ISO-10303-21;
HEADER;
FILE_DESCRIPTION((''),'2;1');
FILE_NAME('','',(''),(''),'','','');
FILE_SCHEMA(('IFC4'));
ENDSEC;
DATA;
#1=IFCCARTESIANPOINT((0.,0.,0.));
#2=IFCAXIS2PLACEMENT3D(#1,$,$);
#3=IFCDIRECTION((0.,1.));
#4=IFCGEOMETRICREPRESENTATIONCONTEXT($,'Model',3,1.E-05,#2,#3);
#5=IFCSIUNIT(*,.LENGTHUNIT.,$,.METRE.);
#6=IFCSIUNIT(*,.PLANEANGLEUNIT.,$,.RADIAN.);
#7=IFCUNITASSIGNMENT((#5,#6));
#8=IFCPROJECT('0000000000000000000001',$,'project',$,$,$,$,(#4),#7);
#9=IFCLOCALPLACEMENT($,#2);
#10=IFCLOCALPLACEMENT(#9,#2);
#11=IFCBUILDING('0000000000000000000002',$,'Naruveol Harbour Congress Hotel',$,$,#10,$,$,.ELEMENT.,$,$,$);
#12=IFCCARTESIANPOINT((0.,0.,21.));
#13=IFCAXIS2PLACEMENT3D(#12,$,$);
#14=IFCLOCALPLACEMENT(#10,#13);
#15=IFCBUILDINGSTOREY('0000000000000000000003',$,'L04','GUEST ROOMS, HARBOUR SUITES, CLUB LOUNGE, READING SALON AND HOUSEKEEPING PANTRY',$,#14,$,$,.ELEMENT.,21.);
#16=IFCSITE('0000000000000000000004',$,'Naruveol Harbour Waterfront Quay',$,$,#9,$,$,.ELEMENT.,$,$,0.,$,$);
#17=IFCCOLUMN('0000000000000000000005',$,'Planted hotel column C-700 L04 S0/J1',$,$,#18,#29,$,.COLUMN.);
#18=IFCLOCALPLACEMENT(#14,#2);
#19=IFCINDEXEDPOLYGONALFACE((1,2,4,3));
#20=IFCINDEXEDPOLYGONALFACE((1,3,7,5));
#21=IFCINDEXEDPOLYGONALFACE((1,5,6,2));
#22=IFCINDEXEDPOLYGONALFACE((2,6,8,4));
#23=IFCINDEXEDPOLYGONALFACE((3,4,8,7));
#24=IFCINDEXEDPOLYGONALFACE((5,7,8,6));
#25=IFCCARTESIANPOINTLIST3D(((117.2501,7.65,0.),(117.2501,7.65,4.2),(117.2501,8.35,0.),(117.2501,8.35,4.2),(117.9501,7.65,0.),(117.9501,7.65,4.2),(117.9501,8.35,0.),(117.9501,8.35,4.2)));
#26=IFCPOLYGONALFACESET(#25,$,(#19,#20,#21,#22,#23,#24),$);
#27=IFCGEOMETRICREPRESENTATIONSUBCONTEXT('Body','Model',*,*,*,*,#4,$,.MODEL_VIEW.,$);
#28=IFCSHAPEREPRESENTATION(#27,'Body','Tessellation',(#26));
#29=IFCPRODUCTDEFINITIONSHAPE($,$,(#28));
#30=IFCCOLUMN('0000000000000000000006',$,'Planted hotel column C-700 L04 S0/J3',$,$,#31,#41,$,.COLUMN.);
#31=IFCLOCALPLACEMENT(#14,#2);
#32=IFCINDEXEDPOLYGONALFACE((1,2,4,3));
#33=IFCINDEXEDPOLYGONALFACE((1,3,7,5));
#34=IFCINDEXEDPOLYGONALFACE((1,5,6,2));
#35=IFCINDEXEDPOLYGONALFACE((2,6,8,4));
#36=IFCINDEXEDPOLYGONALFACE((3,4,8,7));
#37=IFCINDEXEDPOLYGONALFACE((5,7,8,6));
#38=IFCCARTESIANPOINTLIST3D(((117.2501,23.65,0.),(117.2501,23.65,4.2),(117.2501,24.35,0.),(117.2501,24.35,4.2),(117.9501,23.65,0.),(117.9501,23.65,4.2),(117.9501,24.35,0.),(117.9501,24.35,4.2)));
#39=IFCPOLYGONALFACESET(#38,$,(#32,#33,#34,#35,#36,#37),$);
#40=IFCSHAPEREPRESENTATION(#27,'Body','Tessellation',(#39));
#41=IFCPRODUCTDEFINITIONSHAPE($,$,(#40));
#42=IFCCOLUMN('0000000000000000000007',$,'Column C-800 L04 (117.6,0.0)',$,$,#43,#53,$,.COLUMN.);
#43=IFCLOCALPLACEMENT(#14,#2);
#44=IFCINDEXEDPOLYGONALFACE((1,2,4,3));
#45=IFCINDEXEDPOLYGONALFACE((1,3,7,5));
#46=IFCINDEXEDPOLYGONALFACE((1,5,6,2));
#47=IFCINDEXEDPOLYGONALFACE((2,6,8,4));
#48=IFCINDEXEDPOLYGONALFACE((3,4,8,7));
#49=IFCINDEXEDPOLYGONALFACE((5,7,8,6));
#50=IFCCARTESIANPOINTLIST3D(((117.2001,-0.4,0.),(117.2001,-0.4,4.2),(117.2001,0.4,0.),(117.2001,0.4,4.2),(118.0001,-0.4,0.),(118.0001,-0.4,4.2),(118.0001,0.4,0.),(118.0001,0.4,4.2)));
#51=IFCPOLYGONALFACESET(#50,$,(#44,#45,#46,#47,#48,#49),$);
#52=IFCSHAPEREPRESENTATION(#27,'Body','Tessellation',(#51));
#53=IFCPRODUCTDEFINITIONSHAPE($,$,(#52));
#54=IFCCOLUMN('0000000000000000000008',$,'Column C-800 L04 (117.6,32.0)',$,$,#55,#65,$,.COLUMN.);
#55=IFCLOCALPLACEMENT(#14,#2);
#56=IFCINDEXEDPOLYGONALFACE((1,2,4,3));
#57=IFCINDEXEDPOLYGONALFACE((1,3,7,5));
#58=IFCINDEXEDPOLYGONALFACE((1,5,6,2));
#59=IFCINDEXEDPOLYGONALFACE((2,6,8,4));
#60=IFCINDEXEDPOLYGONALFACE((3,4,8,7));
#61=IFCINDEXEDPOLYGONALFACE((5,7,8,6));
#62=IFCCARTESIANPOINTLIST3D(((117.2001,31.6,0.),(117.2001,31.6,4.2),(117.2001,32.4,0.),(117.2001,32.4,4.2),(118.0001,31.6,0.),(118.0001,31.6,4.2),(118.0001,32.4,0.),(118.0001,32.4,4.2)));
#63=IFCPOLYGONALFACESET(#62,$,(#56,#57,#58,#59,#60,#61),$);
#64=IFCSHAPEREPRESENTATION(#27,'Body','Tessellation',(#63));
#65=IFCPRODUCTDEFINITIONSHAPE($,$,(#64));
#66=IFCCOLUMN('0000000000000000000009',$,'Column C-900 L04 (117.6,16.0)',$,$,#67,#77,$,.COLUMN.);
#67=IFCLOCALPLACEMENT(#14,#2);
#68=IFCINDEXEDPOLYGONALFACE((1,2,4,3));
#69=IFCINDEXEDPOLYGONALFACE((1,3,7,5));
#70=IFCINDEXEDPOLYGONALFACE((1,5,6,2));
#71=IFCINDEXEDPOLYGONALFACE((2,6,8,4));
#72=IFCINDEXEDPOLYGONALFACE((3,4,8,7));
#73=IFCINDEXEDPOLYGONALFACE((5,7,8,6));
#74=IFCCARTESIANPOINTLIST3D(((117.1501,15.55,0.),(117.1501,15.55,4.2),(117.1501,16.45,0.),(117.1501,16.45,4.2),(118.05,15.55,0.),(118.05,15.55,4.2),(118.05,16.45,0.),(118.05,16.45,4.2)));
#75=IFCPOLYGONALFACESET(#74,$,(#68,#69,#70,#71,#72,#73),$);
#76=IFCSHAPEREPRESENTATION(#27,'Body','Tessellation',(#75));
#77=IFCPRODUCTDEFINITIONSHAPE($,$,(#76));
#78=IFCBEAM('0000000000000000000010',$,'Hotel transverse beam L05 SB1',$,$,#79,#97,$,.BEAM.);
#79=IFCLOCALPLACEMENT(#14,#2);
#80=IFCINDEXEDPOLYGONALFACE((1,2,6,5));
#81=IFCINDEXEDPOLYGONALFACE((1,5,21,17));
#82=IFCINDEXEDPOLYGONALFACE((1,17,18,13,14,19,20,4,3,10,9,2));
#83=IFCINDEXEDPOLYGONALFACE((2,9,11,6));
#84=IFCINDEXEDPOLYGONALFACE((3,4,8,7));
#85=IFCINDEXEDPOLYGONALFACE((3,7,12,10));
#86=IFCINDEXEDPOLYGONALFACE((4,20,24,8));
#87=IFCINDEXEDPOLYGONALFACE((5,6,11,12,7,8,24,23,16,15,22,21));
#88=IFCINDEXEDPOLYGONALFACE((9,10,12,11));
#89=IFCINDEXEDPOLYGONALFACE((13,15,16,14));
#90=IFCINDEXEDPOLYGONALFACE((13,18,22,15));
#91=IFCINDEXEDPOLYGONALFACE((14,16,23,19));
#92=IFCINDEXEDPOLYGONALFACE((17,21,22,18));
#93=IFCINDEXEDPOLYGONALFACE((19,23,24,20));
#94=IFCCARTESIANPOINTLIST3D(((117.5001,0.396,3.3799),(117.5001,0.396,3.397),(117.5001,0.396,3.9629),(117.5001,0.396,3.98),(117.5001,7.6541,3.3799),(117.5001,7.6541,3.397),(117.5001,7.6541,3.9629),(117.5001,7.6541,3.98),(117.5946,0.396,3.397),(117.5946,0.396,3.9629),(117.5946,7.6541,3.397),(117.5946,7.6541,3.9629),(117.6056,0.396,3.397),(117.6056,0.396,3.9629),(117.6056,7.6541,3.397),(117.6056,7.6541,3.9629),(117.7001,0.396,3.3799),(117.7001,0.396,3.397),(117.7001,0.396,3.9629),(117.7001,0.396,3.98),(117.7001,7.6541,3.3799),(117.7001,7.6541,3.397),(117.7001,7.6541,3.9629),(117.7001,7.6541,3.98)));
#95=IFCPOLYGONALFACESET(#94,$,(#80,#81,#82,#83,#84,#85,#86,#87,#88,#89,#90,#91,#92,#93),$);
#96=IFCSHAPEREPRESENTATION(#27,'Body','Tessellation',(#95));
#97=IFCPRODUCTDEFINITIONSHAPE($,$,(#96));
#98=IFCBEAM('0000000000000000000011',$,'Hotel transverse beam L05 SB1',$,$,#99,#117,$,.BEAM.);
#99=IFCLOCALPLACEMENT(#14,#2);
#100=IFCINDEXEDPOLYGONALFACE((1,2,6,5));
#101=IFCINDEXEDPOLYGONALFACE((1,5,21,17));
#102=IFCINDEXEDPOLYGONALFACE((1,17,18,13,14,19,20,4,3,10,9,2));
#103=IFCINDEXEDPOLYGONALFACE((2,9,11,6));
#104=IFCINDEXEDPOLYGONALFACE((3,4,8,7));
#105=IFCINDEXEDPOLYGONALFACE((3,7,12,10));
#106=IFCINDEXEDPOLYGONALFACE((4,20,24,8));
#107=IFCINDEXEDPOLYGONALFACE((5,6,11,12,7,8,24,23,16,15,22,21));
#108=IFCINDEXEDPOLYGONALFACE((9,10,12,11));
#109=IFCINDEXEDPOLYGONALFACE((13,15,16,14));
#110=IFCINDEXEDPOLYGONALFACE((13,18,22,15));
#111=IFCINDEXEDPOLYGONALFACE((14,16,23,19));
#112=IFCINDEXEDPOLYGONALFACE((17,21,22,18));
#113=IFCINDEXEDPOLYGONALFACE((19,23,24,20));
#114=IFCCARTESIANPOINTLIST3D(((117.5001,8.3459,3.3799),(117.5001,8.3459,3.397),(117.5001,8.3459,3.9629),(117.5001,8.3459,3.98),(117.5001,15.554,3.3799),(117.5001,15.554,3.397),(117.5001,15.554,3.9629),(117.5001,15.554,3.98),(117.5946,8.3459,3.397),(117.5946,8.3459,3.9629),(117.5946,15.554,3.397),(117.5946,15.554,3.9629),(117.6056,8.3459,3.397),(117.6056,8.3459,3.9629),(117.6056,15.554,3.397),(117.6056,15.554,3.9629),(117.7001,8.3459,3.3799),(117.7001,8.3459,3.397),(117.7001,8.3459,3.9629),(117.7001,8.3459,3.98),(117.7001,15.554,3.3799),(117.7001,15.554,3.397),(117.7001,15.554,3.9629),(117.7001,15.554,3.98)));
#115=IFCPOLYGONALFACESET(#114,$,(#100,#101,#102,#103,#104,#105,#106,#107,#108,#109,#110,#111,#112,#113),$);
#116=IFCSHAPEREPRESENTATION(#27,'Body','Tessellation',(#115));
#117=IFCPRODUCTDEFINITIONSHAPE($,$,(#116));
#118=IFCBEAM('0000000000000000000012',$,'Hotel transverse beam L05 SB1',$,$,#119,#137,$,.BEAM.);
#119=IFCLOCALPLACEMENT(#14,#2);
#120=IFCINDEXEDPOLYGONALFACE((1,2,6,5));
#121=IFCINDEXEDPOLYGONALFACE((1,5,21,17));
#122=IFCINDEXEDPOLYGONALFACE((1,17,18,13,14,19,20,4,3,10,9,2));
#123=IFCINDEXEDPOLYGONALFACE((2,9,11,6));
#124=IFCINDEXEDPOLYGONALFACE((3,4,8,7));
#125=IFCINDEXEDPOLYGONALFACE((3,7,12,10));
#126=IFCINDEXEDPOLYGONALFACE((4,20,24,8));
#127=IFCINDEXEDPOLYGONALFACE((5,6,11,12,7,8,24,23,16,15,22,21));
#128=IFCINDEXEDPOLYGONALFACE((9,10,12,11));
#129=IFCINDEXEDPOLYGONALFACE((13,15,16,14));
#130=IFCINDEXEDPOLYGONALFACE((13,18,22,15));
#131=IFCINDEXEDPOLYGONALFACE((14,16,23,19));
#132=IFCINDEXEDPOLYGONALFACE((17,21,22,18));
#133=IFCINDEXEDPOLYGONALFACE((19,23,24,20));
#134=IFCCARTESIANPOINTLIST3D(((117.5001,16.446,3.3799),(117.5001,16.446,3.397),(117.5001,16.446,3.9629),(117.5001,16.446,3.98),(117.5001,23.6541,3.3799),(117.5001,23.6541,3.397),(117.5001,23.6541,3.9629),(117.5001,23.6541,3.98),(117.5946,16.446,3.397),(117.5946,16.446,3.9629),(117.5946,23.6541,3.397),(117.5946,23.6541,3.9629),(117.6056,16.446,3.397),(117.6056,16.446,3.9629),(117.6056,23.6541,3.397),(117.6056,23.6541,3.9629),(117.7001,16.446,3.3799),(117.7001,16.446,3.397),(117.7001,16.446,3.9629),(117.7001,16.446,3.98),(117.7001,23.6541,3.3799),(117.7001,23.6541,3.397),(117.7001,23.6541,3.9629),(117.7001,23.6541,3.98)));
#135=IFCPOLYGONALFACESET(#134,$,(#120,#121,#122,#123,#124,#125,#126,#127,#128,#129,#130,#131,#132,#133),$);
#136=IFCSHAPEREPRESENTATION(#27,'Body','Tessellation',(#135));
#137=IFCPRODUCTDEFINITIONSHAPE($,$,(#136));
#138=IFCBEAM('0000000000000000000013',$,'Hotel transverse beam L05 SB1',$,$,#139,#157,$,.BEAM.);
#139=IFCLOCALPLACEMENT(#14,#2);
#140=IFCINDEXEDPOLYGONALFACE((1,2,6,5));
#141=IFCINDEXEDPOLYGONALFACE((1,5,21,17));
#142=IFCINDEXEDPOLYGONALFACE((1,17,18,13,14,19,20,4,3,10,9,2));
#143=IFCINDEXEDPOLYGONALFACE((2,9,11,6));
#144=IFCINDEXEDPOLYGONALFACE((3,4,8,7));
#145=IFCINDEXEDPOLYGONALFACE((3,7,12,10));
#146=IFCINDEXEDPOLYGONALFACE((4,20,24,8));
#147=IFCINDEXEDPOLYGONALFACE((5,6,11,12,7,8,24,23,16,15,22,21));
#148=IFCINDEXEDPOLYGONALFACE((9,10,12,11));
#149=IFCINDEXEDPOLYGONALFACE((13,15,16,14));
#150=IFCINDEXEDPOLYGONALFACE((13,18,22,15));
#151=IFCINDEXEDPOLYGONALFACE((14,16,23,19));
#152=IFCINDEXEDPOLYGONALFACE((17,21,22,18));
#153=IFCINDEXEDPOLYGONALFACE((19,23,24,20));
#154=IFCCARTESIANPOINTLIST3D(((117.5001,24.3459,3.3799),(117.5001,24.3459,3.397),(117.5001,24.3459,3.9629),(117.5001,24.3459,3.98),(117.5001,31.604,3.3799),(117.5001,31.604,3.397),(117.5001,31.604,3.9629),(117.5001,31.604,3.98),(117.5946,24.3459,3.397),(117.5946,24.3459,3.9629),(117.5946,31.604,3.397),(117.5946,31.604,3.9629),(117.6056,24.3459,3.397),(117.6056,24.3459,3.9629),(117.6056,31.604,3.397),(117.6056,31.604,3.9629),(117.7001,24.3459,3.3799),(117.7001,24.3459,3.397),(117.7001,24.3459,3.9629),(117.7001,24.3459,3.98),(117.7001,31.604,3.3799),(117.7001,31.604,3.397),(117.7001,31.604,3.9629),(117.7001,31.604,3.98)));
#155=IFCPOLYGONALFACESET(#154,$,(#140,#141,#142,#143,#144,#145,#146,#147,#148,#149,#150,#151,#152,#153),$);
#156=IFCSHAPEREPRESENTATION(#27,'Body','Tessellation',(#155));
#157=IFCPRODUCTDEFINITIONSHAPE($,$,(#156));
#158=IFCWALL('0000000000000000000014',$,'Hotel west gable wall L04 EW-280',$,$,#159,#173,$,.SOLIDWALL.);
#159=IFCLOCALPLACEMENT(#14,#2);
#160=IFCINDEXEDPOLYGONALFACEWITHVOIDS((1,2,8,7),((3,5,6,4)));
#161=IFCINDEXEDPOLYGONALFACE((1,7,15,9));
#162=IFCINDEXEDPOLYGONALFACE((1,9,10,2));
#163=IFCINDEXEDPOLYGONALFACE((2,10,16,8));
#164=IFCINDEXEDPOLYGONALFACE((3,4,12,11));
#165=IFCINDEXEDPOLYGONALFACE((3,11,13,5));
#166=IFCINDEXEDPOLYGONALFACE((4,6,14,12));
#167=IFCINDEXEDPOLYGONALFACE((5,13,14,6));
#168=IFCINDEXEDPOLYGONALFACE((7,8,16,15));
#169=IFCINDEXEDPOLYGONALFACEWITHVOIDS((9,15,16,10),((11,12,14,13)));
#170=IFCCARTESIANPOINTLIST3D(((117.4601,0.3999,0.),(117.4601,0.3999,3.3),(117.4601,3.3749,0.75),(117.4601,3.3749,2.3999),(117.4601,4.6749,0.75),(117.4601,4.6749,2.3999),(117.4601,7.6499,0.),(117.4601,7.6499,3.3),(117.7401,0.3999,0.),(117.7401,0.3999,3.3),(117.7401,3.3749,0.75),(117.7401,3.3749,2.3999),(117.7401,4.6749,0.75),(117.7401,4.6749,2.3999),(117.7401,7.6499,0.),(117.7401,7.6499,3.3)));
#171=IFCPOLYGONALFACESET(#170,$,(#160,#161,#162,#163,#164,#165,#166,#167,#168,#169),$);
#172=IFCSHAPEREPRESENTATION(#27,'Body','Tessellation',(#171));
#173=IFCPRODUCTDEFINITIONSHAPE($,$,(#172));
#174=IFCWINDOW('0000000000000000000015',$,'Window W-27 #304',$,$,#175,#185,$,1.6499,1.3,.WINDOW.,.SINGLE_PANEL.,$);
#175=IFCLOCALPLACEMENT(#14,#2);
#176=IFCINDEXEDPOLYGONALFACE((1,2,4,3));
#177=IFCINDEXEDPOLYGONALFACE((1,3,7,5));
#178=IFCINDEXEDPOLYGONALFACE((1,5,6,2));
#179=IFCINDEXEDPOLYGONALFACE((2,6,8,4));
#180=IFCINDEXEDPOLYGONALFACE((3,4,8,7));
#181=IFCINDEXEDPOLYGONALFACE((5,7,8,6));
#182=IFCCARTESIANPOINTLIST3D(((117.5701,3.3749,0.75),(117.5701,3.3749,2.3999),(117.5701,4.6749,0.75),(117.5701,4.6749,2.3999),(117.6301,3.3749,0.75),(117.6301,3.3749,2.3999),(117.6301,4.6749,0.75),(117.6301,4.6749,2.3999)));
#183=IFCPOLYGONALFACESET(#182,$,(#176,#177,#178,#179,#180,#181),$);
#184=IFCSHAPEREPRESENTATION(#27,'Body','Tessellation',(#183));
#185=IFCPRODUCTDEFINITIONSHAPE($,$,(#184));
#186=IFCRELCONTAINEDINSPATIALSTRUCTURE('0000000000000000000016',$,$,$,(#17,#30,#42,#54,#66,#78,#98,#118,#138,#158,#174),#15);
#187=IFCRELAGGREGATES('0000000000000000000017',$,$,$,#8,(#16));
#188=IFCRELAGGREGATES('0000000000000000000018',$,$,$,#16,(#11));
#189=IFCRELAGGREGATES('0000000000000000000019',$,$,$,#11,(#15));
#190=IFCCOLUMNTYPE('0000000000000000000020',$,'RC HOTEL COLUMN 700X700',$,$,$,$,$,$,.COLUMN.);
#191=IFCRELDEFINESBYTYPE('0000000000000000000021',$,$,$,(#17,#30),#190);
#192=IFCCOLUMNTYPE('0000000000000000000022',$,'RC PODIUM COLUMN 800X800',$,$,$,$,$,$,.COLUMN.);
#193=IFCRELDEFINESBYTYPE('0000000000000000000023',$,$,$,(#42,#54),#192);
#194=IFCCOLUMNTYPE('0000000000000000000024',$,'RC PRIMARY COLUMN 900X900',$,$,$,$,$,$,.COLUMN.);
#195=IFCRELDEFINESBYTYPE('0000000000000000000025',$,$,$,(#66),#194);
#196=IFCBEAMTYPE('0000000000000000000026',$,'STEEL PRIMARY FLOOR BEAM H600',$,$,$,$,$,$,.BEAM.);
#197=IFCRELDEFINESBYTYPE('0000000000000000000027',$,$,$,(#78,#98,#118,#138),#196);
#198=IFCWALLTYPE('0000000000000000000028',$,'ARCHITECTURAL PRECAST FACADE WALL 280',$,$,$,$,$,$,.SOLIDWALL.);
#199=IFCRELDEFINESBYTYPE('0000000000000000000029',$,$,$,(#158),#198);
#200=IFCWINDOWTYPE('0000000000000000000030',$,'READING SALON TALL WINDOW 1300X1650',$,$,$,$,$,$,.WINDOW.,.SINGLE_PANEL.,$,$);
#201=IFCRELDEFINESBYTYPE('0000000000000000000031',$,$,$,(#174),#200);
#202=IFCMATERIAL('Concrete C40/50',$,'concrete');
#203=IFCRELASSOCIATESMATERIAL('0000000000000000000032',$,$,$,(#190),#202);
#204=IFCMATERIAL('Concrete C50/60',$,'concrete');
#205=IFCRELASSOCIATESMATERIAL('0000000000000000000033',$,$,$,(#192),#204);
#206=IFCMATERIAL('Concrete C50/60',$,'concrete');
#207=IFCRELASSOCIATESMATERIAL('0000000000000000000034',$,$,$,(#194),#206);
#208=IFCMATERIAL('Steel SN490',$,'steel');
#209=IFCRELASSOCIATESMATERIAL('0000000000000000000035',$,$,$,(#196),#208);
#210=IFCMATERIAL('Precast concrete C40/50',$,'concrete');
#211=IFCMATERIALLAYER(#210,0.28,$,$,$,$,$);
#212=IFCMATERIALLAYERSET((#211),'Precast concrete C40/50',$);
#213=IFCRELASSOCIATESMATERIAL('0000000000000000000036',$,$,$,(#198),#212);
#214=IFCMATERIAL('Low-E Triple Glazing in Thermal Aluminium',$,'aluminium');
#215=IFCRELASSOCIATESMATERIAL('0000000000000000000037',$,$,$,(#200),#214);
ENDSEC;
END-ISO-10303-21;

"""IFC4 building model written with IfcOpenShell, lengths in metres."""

from ifc_helpers import new_model, si_unit, direction, frame, frame_2d, origin, origin_2d, place, context, subcontext, project, spatial, rectangle, i_section, extrude, material, layer, layer_set, material_profile, profile_set, type_object, element, fill, save


model = new_model("IFC4")

# Units and contexts
model_context = context("Model", 3, precision=1e-05, world=origin(), true_north=direction((0.0, 1.0)))
body_context = subcontext(model_context, "Body", "Model", "MODEL_VIEW")
ifc_project = project(units=[si_unit("LENGTHUNIT", "METRE"), si_unit("PLANEANGLEUNIT", "RADIAN")], contexts=[model_context])

# Site, building, storey
site_placement = place(None, origin())
site = spatial("IfcSite", under=ifc_project, at=site_placement, Name="Naruveol Harbour Waterfront Quay", CompositionType="ELEMENT", RefElevation=0.0)
building_placement = place(site_placement, origin())
building = spatial("IfcBuilding", under=site, at=building_placement, Name="Naruveol Harbour Congress Hotel", CompositionType="ELEMENT")
storey_placement = place(building_placement, frame((0.0, 0.0, 21.0)))
storey = spatial("IfcBuildingStorey", under=building, at=storey_placement, Name="L04", Description="GUEST ROOMS, HARBOUR SUITES, CLUB LOUNGE, READING SALON AND HOUSEKEEPING PANTRY", CompositionType="ELEMENT", Elevation=21.0)

# Columns
ifc_material_1 = material(Name="Concrete C40/50", Category="concrete")
ifc_material_profile_1 = material_profile(ifc_material_1, rectangle(XDim=0.7, YDim=0.7, at=origin_2d()), Name="RC-700x700")
ifc_profile_set_1 = profile_set([ifc_material_profile_1], Name="Concrete C40/50")
column_type_1 = type_object("IfcColumnType", Name="RC HOTEL COLUMN 700X700", PredefinedType="COLUMN", material=ifc_profile_set_1)
for number, where, z_axis, x_axis, name in (
    (1, (117.6001, 8.0, 0.0), (0.0, 0.0, 1.0), (1.0, 0.0, 0.0), "Planted hotel column C-700 L04 S0/J1"),
    (2, (117.6001, 24.0, 0.0), (0.0, 0.0, 1.0), (1.0, 0.0, 0.0), "Planted hotel column C-700 L04 S0/J3"),
):
    element("IfcColumn", number, at=place(storey_placement, frame(where, z_axis=z_axis, x_axis=x_axis)), inside=storey, type_object=column_type_1, Name=name, PredefinedType="COLUMN", context=body_context, shape_type="SweptSolid", body=[
        extrude(rectangle(XDim=0.7, YDim=0.7, at=origin_2d()), origin(), (0.0, 0.0, 1.0), 4.2),
    ])
ifc_material_2 = material(Name="Concrete C50/60", Category="concrete")
ifc_material_profile_2 = material_profile(ifc_material_2, rectangle(XDim=0.8, YDim=0.8, at=origin_2d()), Name="RC-800x800")
ifc_profile_set_2 = profile_set([ifc_material_profile_2], Name="Concrete C50/60")
column_type_2 = type_object("IfcColumnType", Name="RC PODIUM COLUMN 800X800", PredefinedType="COLUMN", material=ifc_profile_set_2)
for number, where, z_axis, x_axis, name in (
    (3, (117.6001, 0.0, 0.0), (0.0, 0.0, 1.0), (1.0, 0.0, 0.0), "Column C-800 L04 (117.6,0.0)"),
    (4, (117.6001, 32.0, 0.0), (0.0, 0.0, 1.0), (1.0, 0.0, 0.0), "Column C-800 L04 (117.6,32.0)"),
):
    element("IfcColumn", number, at=place(storey_placement, frame(where, z_axis=z_axis, x_axis=x_axis)), inside=storey, type_object=column_type_2, Name=name, PredefinedType="COLUMN", context=body_context, shape_type="SweptSolid", body=[
        extrude(rectangle(XDim=0.8, YDim=0.8, at=origin_2d()), origin(), (0.0, 0.0, 1.0), 4.2),
    ])
ifc_material_3 = material(Name="Concrete C50/60", Category="concrete")
ifc_material_profile_3 = material_profile(ifc_material_3, rectangle(XDim=0.8999, YDim=0.8999, at=origin_2d()), Name="RC-900x900")
ifc_profile_set_3 = profile_set([ifc_material_profile_3], Name="Concrete C50/60")
column_type_3 = type_object("IfcColumnType", Name="RC PRIMARY COLUMN 900X900", PredefinedType="COLUMN", material=ifc_profile_set_3)
column_placement = place(storey_placement, frame((117.6001, 16.0, 0.0), z_axis=(0.0, 0.0, 1.0), x_axis=(1.0, 0.0, 0.0)))
element("IfcColumn", 5, at=column_placement, inside=storey, type_object=column_type_3, Name="Column C-900 L04 (117.6,16.0)", PredefinedType="COLUMN", context=body_context, shape_type="SweptSolid", body=[
    extrude(rectangle(XDim=0.8999, YDim=0.8999, at=origin_2d()), origin(), (0.0, 0.0, 1.0), 4.2),
])

# Beams
ifc_material_4 = material(Name="Steel SN490", Category="steel")
ifc_material_profile_4 = material_profile(ifc_material_4, i_section(OverallWidth=0.2, OverallDepth=0.6001, WebThickness=0.011, FlangeThickness=0.0171, at=origin_2d()), Name="H-600x200x11x17")
ifc_profile_set_4 = profile_set([ifc_material_profile_4], Name="Steel SN490")
beam_type = type_object("IfcBeamType", Name="STEEL PRIMARY FLOOR BEAM H600", PredefinedType="BEAM", material=ifc_profile_set_4)
beam_1_placement = place(storey_placement, frame((117.6001, 0.396, 3.6799), z_axis=(0.0, 1.0, 0.0), x_axis=(-1.0, 0.0, 0.0)))
element("IfcBeam", 6, at=beam_1_placement, inside=storey, type_object=beam_type, Name="Hotel transverse beam L05 SB1", PredefinedType="BEAM", context=body_context, shape_type="SweptSolid", body=[
    extrude(i_section(OverallWidth=0.2, OverallDepth=0.6001, WebThickness=0.011, FlangeThickness=0.0171, at=origin_2d()), origin(), (0.0, 0.0, 1.0), 7.2581),
])
for number, where, z_axis, x_axis, name in (
    (7, (117.6001, 8.3459, 3.6799), (0.0, 1.0, 0.0), (-1.0, 0.0, 0.0), "Hotel transverse beam L05 SB1"),
    (8, (117.6001, 16.446, 3.6799), (0.0, 1.0, 0.0), (-1.0, 0.0, 0.0), "Hotel transverse beam L05 SB1"),
):
    element("IfcBeam", number, at=place(storey_placement, frame(where, z_axis=z_axis, x_axis=x_axis)), inside=storey, type_object=beam_type, Name=name, PredefinedType="BEAM", context=body_context, shape_type="SweptSolid", body=[
        extrude(i_section(OverallWidth=0.2, OverallDepth=0.6001, WebThickness=0.011, FlangeThickness=0.0171, at=origin_2d()), origin(), (0.0, 0.0, 1.0), 7.208),
    ])
beam_2_placement = place(storey_placement, frame((117.6001, 24.3459, 3.6799), z_axis=(0.0, 1.0, 0.0), x_axis=(-1.0, 0.0, 0.0)))
element("IfcBeam", 9, at=beam_2_placement, inside=storey, type_object=beam_type, Name="Hotel transverse beam L05 SB1", PredefinedType="BEAM", context=body_context, shape_type="SweptSolid", body=[
    extrude(i_section(OverallWidth=0.2, OverallDepth=0.6001, WebThickness=0.011, FlangeThickness=0.0171, at=origin_2d()), origin(), (0.0, 0.0, 1.0), 7.2581),
])

# Wall, opening, window
ifc_material_5 = material(Name="Precast concrete C40/50", Category="concrete")
ifc_layer_1 = layer(ifc_material_5, 0.28)
ifc_layer_set_1 = layer_set([ifc_layer_1], Name="Precast concrete C40/50")
wall_type_1 = type_object("IfcWallType", Name="ARCHITECTURAL PRECAST FACADE WALL 280", PredefinedType="SOLIDWALL", material=ifc_layer_set_1)
wall_1_placement = place(storey_placement, frame((117.6001, 0.3999, 0.0), z_axis=(0.0, 0.0, 1.0), x_axis=(0.0, 1.0, 0.0)))
wall_1 = element("IfcWall", 10, at=wall_1_placement, inside=storey, type_object=wall_type_1, Name="Hotel west gable wall L04 EW-280", PredefinedType="SOLIDWALL", context=body_context, shape_type="SweptSolid", body=[
    extrude(rectangle(XDim=7.25, YDim=0.28, at=frame_2d((3.625, 0.0))), origin(), (0.0, 0.0, 1.0), 3.3),
])
opening_1_placement = place(wall_1_placement, frame((2.9751, 0.0, 0.75)))
opening_1 = element("IfcOpeningElement", 11, at=opening_1_placement, cuts=wall_1, PredefinedType="OPENING", context=body_context, shape_type="SweptSolid", body=[
    extrude(rectangle(XDim=1.3, YDim=1.6499, at=frame_2d((0.6499, 0.825))), frame((0.0, 0.1499, 0.0), z_axis=(0.0, -1.0, 0.0), x_axis=(1.0, 0.0, 0.0)), (0.0, 0.0, 1.0), 0.3),
])
ifc_material_6 = material(Name="Low-E Triple Glazing in Thermal Aluminium", Category="aluminium")
window_type = type_object("IfcWindowType", Name="READING SALON TALL WINDOW 1300X1650", PartitioningType="SINGLE_PANEL", PredefinedType="WINDOW", material=ifc_material_6)
window_1_placement = place(opening_1_placement, origin())
window_1 = element("IfcWindow", 12, at=window_1_placement, inside=storey, type_object=window_type, Name="Window W-27 #304", OverallHeight=1.6499, OverallWidth=1.3, PartitioningType="SINGLE_PANEL", PredefinedType="WINDOW", context=body_context, shape_type="SweptSolid", body=[
    extrude(rectangle(XDim=1.3, YDim=1.6499, at=frame_2d((0.6499, 0.825))), frame((0.0, 0.03, 0.0), z_axis=(0.0, -1.0, 0.0), x_axis=(1.0, 0.0, 0.0)), (0.0, 0.0, 1.0), 0.0601),
])
fill(opening_1, window_1)

save(model, "model.ifc")
